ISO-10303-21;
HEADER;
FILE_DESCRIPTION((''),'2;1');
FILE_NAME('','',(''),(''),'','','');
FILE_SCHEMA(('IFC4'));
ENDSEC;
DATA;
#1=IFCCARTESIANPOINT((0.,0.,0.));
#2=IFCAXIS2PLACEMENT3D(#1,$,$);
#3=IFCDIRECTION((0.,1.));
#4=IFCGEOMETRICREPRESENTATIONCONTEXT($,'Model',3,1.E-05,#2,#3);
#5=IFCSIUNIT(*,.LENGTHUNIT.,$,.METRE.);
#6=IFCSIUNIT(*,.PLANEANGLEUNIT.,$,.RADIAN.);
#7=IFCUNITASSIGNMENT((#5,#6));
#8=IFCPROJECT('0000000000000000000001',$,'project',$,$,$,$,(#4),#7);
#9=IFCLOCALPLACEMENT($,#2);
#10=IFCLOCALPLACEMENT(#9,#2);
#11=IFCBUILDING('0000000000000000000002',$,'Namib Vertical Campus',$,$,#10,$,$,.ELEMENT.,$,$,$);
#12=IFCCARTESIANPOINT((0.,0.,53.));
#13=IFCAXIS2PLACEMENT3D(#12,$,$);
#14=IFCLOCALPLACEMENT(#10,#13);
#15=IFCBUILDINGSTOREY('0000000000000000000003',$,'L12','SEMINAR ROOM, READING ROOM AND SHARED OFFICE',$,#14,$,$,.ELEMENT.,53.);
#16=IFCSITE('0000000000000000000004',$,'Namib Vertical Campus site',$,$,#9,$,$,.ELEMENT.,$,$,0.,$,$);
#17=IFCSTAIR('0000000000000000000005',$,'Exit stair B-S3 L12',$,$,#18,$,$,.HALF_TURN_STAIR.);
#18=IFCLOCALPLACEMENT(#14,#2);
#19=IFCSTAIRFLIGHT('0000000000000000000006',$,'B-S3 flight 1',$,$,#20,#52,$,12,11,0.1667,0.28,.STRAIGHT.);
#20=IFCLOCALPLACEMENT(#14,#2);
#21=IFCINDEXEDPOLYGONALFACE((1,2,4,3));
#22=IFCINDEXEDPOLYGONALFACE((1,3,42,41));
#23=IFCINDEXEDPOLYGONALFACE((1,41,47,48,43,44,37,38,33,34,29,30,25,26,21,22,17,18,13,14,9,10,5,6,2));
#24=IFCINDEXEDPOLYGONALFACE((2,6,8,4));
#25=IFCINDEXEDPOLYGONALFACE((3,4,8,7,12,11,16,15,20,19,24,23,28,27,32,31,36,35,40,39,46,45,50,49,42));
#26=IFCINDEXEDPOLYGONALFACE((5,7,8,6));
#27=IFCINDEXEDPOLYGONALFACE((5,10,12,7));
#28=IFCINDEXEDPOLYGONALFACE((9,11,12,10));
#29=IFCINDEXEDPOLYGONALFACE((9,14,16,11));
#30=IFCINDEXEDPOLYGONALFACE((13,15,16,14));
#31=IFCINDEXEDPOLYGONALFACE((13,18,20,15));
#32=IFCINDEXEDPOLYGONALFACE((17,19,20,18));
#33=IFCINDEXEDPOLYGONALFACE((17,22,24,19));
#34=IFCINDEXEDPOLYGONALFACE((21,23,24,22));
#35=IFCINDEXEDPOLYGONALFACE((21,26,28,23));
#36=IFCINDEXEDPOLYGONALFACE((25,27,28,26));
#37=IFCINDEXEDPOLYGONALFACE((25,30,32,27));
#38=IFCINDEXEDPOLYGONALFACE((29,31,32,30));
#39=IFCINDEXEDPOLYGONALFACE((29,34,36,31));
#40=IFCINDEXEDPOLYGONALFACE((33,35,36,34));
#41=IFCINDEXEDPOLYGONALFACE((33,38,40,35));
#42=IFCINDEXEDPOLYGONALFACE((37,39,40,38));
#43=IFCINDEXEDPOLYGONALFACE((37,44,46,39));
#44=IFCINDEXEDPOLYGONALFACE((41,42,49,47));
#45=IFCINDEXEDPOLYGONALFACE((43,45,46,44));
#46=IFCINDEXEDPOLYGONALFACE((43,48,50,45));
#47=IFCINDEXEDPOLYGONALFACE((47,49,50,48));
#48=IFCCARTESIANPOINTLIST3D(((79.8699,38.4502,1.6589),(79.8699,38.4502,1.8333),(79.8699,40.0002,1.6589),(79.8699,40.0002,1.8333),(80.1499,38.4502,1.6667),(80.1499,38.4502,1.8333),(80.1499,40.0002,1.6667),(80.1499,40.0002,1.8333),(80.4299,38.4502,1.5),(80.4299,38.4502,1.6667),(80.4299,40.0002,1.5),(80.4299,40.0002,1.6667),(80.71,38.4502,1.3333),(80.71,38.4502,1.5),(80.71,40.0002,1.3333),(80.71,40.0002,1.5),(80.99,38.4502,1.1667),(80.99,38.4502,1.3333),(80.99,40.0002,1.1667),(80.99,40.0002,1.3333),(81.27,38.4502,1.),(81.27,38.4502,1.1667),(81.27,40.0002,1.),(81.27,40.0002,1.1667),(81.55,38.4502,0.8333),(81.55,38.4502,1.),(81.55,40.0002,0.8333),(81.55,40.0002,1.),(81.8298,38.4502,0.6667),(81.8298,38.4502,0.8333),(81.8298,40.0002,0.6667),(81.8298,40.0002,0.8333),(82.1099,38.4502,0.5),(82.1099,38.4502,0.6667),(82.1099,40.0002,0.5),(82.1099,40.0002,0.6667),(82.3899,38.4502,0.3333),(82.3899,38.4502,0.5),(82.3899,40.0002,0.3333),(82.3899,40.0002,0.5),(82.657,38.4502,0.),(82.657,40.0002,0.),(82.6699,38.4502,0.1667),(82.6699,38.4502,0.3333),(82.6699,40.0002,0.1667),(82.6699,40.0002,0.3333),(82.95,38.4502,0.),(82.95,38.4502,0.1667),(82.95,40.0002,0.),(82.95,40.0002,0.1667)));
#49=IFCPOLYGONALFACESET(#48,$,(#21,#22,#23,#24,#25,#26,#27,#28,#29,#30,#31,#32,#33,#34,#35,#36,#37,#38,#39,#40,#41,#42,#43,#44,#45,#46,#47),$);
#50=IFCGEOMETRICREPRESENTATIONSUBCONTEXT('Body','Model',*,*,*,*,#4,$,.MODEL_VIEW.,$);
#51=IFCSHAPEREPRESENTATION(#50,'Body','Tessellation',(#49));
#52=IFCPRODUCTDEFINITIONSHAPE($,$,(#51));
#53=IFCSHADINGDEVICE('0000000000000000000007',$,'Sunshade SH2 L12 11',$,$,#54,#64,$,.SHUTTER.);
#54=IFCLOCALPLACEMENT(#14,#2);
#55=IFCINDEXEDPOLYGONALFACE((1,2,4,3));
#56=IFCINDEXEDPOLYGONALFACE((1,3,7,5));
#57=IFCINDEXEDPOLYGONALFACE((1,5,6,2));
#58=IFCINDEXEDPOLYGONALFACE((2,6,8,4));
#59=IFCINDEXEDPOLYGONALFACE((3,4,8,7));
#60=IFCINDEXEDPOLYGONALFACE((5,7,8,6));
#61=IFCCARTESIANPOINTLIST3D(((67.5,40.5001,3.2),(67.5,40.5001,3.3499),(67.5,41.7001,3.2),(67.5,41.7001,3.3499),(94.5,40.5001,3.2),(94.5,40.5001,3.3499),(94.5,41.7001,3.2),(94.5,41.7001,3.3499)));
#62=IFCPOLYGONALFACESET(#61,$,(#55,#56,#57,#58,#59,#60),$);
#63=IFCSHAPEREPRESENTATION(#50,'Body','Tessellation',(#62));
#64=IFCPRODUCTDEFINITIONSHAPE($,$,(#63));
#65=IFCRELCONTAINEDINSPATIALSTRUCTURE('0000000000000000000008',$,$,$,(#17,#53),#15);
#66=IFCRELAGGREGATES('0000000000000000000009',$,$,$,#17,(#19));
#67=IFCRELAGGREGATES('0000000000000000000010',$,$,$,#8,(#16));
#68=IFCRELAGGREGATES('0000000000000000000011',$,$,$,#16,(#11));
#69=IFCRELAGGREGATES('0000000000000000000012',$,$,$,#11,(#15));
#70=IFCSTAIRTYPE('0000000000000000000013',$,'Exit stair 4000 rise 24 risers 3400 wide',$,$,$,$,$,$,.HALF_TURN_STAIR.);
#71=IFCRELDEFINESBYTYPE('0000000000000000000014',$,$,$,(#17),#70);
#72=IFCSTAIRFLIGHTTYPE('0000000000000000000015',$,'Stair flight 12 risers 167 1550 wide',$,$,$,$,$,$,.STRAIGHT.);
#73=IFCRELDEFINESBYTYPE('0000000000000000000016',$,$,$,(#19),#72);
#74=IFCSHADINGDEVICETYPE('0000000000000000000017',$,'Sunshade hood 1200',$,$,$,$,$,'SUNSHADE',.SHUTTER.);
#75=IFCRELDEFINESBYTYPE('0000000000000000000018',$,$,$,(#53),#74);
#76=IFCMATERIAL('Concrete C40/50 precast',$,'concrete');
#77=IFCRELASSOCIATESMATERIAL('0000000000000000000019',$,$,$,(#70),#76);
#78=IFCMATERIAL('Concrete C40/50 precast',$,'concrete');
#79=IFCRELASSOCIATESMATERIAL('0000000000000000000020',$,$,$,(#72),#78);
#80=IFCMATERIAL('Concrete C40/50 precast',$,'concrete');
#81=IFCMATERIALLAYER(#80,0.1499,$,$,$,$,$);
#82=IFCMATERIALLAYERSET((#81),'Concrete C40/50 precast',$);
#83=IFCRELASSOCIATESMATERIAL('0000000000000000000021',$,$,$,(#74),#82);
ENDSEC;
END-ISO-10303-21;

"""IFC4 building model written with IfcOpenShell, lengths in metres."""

from ifc_helpers import new_model, si_unit, direction, frame, origin, origin_2d, place, context, subcontext, project, spatial, polyline, rectangle, outline, extrude, material, layer, layer_set, type_object, element, aggregate, save


model = new_model("IFC4")

# Units and contexts
model_context = context("Model", 3, precision=1e-05, world=origin(), true_north=direction((0.0, 1.0)))
body_context = subcontext(model_context, "Body", "Model", "MODEL_VIEW")
ifc_project = project(units=[si_unit("LENGTHUNIT", "METRE"), si_unit("PLANEANGLEUNIT", "RADIAN")], contexts=[model_context])

# Site, building, storey
site_placement = place(None, origin())
site = spatial("IfcSite", under=ifc_project, at=site_placement, Name="Namib Vertical Campus site", CompositionType="ELEMENT", RefElevation=0.0)
building_placement = place(site_placement, origin())
building = spatial("IfcBuilding", under=site, at=building_placement, Name="Namib Vertical Campus", CompositionType="ELEMENT")
storey_placement = place(building_placement, frame((0.0, 0.0, 53.0)))
storey = spatial("IfcBuildingStorey", under=building, at=storey_placement, Name="L12", Description="SEMINAR ROOM, READING ROOM AND SHARED OFFICE", CompositionType="ELEMENT", Elevation=53.0)

# Shared definitions
ifc_material_1 = material(Name="Concrete C40/50 precast", Category="concrete")
stair_type = type_object("IfcStairType", Name="Exit stair 4000 rise 24 risers 3400 wide", PredefinedType="HALF_TURN_STAIR", material=ifc_material_1)
ifc_material_2 = material(Name="Concrete C40/50 precast", Category="concrete")
stair_flight_type = type_object("IfcStairFlightType", Name="Stair flight 12 risers 167 1550 wide", PredefinedType="STRAIGHT", material=ifc_material_2)

# Stair, stair flight
stair_1_placement = place(storey_placement, origin())
stair_1 = element("IfcStair", 1, at=stair_1_placement, inside=storey, type_object=stair_type, Name="Exit stair B-S3 L12", PredefinedType="HALF_TURN_STAIR")
stair_flight_1_placement = place(storey_placement, frame((82.95, 39.2251, 0.0), z_axis=(0.0, 0.0, 1.0), x_axis=(-1.0, 0.0, 0.0)))
stair_flight_1 = element("IfcStairFlight", 2, at=stair_flight_1_placement, type_object=stair_flight_type, Name="B-S3 flight 1", NumberOfRisers=12, NumberOfTreads=11, PredefinedType="STRAIGHT", RiserHeight=0.1667, TreadLength=0.28, context=body_context, shape_type="SweptSolid", body=[
    extrude(outline(polyline([(0.0, 0.0), (0.0, 0.1667), (0.28, 0.1667), (0.28, 0.3333), (0.5601, 0.3333), (0.5601, 0.5), (0.8401, 0.5), (0.8401, 0.6667), (1.1201, 0.6667), (1.1201, 0.8333), (1.3999, 0.8333), (1.3999, 1.0), (1.6799, 1.0), (1.6799, 1.1667), (1.96, 1.1667), (1.96, 1.3333), (2.24, 1.3333), (2.24, 1.5), (2.52, 1.5), (2.52, 1.6667), (2.8, 1.6667), (2.8, 1.8333), (3.0801, 1.8333), (3.0801, 2.0), (3.0801, 1.6589), (0.293, 0.0), (0.0, 0.0)])), frame((0.0, 0.7749, 0.0), z_axis=(0.0, -1.0, 0.0), x_axis=(1.0, 0.0, 0.0)), (0.0, 0.0, 1.0), 1.55),
])
aggregate(stair_1, [stair_flight_1])

# Shading device
ifc_material_3 = material(Name="Concrete C40/50 precast", Category="concrete")
ifc_layer_1 = layer(ifc_material_3, 0.1499)
ifc_layer_set_1 = layer_set([ifc_layer_1], Name="Concrete C40/50 precast")
shading_device_type = type_object("IfcShadingDeviceType", Name="Sunshade hood 1200", ElementType="SUNSHADE", PredefinedType="SHUTTER", material=ifc_layer_set_1)
shading_device_placement = place(storey_placement, frame((81.0, 41.1001, 3.2), z_axis=(0.0, 0.0, 1.0), x_axis=(-1.0, 0.0, 0.0)))
element("IfcShadingDevice", 3, at=shading_device_placement, inside=storey, type_object=shading_device_type, Name="Sunshade SH2 L12 11", PredefinedType="SHUTTER", context=body_context, shape_type="SweptSolid", body=[
    extrude(rectangle(XDim=27.0, YDim=1.2, at=origin_2d()), origin(), (0.0, 0.0, 1.0), 0.1499),
])

save(model, "model.ifc")
